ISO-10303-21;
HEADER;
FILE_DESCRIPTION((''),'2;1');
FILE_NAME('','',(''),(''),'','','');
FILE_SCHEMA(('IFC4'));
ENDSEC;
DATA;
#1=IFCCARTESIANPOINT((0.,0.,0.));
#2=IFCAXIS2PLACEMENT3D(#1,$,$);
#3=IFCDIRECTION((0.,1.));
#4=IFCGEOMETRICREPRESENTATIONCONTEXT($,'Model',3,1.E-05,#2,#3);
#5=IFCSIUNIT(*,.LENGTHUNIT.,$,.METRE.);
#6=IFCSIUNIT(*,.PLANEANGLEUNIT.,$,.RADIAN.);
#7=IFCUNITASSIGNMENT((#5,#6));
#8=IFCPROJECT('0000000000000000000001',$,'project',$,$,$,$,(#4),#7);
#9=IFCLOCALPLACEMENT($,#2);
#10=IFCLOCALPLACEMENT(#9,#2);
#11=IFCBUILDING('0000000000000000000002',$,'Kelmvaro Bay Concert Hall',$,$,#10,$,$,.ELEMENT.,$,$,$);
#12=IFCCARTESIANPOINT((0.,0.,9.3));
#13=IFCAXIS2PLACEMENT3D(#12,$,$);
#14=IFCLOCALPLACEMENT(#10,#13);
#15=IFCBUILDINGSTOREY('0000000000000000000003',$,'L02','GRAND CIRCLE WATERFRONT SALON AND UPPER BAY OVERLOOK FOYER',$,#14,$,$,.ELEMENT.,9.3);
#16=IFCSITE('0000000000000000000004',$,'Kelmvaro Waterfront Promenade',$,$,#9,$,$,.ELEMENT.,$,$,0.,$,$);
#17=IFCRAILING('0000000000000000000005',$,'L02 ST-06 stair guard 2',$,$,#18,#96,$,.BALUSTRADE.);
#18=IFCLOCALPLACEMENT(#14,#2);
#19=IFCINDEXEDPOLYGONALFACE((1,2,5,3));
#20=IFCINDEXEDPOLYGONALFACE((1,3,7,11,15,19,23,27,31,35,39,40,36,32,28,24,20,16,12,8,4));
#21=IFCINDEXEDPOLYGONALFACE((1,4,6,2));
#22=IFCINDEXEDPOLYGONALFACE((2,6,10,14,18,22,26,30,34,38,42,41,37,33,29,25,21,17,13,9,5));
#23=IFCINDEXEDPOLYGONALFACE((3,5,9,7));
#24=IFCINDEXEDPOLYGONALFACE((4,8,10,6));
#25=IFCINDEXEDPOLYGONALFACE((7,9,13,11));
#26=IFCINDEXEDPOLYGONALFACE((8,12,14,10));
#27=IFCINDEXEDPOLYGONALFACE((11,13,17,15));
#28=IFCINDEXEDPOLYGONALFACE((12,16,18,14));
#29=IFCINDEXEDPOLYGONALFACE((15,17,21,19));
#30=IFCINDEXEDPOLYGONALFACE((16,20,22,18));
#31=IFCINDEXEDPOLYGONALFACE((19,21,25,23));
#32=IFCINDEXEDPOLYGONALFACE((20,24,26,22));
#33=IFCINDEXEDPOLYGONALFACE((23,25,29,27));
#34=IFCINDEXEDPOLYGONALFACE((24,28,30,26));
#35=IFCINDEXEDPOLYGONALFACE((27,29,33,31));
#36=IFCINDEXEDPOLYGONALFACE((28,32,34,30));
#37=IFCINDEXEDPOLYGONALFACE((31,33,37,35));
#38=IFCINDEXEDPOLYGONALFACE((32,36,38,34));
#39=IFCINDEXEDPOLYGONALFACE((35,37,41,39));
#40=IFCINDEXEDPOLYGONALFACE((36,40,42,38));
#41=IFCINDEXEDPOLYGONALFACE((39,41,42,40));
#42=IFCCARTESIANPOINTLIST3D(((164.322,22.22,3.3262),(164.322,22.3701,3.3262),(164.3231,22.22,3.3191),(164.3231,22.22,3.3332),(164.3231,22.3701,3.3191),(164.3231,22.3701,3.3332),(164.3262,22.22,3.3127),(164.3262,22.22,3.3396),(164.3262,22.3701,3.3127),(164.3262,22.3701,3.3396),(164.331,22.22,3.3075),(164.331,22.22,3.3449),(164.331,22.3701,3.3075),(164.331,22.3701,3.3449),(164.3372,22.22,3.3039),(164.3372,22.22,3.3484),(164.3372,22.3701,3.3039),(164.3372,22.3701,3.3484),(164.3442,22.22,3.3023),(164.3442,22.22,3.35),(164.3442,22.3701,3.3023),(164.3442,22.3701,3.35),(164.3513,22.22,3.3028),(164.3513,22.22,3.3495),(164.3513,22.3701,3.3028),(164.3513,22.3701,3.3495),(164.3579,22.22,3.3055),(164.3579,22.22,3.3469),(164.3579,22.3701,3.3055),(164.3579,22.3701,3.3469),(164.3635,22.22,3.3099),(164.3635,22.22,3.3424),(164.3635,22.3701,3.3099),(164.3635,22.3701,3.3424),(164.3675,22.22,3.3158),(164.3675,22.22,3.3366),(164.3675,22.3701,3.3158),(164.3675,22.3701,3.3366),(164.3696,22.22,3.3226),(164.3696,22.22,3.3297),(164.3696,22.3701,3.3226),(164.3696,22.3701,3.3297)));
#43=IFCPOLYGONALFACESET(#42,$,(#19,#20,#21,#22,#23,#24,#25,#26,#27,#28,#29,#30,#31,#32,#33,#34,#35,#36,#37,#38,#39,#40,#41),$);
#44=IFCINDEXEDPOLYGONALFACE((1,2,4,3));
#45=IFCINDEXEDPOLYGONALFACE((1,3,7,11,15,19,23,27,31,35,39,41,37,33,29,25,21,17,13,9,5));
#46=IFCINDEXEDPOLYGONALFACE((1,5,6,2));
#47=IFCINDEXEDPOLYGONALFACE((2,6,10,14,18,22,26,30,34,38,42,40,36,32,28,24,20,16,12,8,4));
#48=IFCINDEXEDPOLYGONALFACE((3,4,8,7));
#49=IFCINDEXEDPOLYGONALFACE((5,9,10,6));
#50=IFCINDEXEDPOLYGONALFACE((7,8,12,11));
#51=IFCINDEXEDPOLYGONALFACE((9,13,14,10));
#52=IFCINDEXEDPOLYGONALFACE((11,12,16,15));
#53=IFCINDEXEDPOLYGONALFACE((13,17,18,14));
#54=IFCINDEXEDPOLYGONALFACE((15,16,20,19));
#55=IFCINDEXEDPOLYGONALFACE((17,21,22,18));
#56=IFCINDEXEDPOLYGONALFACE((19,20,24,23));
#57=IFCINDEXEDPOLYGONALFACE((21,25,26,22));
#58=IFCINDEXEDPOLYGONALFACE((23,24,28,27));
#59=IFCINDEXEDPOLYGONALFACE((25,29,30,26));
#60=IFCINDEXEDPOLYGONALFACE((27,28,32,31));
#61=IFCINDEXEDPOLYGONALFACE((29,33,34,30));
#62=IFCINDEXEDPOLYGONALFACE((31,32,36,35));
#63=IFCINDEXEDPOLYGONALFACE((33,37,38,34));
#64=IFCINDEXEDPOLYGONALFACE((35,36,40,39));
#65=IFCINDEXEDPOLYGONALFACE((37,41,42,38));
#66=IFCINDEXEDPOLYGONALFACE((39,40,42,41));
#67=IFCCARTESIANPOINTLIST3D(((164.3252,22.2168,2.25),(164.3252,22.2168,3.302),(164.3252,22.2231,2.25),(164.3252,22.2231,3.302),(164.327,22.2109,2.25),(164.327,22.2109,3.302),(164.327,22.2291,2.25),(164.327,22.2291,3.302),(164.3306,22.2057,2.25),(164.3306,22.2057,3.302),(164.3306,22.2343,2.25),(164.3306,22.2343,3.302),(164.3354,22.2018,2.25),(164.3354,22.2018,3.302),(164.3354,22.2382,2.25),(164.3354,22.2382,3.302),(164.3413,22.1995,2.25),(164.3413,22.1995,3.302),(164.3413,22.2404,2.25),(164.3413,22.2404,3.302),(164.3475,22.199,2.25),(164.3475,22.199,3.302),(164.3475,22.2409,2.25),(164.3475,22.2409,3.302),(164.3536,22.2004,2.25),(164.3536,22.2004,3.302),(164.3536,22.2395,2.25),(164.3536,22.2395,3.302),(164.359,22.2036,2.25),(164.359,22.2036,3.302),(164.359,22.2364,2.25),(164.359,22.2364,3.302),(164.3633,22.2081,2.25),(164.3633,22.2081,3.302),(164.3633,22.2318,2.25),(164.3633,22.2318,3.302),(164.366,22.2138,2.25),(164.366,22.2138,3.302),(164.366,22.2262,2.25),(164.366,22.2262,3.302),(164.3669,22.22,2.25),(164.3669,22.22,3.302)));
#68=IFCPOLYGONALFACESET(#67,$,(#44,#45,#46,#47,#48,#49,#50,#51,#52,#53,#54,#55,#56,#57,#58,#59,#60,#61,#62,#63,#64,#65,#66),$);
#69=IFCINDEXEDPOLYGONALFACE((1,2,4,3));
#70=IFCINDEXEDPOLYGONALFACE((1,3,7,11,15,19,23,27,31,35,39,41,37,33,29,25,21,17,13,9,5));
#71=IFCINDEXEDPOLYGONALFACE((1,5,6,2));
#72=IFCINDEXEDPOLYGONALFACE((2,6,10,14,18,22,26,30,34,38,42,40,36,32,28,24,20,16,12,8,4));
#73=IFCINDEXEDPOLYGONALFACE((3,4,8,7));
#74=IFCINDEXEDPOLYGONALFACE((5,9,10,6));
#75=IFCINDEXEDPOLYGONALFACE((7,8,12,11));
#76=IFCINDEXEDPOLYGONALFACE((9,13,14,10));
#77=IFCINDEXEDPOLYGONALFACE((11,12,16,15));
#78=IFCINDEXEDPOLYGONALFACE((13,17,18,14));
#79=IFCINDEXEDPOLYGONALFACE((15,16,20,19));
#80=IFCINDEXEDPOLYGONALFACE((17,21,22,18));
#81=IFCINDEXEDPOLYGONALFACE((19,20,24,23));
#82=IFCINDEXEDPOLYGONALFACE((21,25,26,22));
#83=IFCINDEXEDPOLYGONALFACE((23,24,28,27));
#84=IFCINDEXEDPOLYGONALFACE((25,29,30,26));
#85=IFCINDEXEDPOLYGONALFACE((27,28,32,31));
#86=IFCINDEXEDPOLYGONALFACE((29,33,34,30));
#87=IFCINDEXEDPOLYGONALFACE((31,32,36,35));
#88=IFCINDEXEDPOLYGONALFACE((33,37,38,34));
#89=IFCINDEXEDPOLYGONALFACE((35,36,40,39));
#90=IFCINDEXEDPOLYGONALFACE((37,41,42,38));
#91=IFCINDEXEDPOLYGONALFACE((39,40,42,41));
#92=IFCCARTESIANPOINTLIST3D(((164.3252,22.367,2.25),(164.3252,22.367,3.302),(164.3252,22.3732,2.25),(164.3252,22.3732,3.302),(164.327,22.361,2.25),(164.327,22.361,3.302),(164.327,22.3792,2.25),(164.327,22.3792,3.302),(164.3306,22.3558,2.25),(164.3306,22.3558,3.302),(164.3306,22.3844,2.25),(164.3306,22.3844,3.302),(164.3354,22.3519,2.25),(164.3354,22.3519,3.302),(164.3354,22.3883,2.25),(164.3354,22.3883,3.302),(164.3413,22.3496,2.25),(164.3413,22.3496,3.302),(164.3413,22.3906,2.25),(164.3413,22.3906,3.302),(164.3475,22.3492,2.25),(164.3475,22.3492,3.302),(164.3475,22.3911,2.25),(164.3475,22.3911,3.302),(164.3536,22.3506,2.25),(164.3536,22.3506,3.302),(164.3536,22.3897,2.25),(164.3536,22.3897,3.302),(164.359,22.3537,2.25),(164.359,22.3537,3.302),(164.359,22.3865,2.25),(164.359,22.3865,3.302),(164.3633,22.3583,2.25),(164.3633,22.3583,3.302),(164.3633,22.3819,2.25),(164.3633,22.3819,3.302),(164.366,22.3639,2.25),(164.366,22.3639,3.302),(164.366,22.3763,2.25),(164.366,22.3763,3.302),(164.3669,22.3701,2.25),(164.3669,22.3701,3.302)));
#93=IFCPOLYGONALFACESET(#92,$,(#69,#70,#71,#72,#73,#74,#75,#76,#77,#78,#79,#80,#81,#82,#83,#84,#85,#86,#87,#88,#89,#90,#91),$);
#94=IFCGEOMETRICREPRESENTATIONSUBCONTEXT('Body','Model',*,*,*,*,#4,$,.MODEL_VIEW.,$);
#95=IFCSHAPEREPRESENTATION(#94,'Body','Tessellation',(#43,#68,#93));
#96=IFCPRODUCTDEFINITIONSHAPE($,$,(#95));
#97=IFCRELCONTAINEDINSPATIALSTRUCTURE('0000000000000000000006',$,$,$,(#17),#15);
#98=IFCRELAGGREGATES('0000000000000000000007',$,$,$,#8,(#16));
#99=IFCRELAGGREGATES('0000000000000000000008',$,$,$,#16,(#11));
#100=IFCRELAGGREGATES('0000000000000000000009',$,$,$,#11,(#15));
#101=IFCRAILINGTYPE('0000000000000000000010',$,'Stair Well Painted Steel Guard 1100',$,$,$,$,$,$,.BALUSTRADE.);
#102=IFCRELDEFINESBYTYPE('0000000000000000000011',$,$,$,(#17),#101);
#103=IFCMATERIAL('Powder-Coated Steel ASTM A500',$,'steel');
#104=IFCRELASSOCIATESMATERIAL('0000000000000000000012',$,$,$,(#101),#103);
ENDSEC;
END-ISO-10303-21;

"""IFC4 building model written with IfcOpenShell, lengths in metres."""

from ifc_helpers import new_model, si_unit, direction, frame, origin, origin_2d, place, context, subcontext, project, spatial, circle, extrude, material, type_object, element, save


model = new_model("IFC4")

# Units and contexts
model_context = context("Model", 3, precision=1e-05, world=origin(), true_north=direction((0.0, 1.0)))
body_context = subcontext(model_context, "Body", "Model", "MODEL_VIEW")
ifc_project = project(units=[si_unit("LENGTHUNIT", "METRE"), si_unit("PLANEANGLEUNIT", "RADIAN")], contexts=[model_context])

# Site, building, storey
site_placement = place(None, origin())
site = spatial("IfcSite", under=ifc_project, at=site_placement, Name="Kelmvaro Waterfront Promenade", CompositionType="ELEMENT", RefElevation=0.0)
building_placement = place(site_placement, origin())
building = spatial("IfcBuilding", under=site, at=building_placement, Name="Kelmvaro Bay Concert Hall", CompositionType="ELEMENT")
storey_placement = place(building_placement, frame((0.0, 0.0, 9.3)))
storey = spatial("IfcBuildingStorey", under=building, at=storey_placement, Name="L02", Description="GRAND CIRCLE WATERFRONT SALON AND UPPER BAY OVERLOOK FOYER", CompositionType="ELEMENT", Elevation=9.3)

# Railing
ifc_material_1 = material(Name="Powder-Coated Steel ASTM A500", Category="steel")
railing_type_1 = type_object("IfcRailingType", Name="Stair Well Painted Steel Guard 1100", PredefinedType="BALUSTRADE", material=ifc_material_1)
railing_1_placement = place(storey_placement, frame((164.3459, 22.22, 2.25)))
element("IfcRailing", 1, at=railing_1_placement, inside=storey, type_object=railing_type_1, Name="L02 ST-06 stair guard 2", PredefinedType="BALUSTRADE", context=body_context, shape_type="SweptSolid", body=[
    extrude(circle(Radius=0.0239, at=origin_2d()), frame((0.0, 0.0, 1.0762), z_axis=(0.0, 1.0, 0.0), x_axis=(-1.0, 0.0, 0.0)), (0.0, 0.0, 1.0), 0.1501),
    extrude(circle(Radius=0.021, at=origin_2d()), origin(), (0.0, 0.0, 1.0), 1.052),
    extrude(circle(Radius=0.021, at=origin_2d()), frame((0.0, 0.1501, 0.0)), (0.0, 0.0, 1.0), 1.052),
])

save(model, "model.ifc")
